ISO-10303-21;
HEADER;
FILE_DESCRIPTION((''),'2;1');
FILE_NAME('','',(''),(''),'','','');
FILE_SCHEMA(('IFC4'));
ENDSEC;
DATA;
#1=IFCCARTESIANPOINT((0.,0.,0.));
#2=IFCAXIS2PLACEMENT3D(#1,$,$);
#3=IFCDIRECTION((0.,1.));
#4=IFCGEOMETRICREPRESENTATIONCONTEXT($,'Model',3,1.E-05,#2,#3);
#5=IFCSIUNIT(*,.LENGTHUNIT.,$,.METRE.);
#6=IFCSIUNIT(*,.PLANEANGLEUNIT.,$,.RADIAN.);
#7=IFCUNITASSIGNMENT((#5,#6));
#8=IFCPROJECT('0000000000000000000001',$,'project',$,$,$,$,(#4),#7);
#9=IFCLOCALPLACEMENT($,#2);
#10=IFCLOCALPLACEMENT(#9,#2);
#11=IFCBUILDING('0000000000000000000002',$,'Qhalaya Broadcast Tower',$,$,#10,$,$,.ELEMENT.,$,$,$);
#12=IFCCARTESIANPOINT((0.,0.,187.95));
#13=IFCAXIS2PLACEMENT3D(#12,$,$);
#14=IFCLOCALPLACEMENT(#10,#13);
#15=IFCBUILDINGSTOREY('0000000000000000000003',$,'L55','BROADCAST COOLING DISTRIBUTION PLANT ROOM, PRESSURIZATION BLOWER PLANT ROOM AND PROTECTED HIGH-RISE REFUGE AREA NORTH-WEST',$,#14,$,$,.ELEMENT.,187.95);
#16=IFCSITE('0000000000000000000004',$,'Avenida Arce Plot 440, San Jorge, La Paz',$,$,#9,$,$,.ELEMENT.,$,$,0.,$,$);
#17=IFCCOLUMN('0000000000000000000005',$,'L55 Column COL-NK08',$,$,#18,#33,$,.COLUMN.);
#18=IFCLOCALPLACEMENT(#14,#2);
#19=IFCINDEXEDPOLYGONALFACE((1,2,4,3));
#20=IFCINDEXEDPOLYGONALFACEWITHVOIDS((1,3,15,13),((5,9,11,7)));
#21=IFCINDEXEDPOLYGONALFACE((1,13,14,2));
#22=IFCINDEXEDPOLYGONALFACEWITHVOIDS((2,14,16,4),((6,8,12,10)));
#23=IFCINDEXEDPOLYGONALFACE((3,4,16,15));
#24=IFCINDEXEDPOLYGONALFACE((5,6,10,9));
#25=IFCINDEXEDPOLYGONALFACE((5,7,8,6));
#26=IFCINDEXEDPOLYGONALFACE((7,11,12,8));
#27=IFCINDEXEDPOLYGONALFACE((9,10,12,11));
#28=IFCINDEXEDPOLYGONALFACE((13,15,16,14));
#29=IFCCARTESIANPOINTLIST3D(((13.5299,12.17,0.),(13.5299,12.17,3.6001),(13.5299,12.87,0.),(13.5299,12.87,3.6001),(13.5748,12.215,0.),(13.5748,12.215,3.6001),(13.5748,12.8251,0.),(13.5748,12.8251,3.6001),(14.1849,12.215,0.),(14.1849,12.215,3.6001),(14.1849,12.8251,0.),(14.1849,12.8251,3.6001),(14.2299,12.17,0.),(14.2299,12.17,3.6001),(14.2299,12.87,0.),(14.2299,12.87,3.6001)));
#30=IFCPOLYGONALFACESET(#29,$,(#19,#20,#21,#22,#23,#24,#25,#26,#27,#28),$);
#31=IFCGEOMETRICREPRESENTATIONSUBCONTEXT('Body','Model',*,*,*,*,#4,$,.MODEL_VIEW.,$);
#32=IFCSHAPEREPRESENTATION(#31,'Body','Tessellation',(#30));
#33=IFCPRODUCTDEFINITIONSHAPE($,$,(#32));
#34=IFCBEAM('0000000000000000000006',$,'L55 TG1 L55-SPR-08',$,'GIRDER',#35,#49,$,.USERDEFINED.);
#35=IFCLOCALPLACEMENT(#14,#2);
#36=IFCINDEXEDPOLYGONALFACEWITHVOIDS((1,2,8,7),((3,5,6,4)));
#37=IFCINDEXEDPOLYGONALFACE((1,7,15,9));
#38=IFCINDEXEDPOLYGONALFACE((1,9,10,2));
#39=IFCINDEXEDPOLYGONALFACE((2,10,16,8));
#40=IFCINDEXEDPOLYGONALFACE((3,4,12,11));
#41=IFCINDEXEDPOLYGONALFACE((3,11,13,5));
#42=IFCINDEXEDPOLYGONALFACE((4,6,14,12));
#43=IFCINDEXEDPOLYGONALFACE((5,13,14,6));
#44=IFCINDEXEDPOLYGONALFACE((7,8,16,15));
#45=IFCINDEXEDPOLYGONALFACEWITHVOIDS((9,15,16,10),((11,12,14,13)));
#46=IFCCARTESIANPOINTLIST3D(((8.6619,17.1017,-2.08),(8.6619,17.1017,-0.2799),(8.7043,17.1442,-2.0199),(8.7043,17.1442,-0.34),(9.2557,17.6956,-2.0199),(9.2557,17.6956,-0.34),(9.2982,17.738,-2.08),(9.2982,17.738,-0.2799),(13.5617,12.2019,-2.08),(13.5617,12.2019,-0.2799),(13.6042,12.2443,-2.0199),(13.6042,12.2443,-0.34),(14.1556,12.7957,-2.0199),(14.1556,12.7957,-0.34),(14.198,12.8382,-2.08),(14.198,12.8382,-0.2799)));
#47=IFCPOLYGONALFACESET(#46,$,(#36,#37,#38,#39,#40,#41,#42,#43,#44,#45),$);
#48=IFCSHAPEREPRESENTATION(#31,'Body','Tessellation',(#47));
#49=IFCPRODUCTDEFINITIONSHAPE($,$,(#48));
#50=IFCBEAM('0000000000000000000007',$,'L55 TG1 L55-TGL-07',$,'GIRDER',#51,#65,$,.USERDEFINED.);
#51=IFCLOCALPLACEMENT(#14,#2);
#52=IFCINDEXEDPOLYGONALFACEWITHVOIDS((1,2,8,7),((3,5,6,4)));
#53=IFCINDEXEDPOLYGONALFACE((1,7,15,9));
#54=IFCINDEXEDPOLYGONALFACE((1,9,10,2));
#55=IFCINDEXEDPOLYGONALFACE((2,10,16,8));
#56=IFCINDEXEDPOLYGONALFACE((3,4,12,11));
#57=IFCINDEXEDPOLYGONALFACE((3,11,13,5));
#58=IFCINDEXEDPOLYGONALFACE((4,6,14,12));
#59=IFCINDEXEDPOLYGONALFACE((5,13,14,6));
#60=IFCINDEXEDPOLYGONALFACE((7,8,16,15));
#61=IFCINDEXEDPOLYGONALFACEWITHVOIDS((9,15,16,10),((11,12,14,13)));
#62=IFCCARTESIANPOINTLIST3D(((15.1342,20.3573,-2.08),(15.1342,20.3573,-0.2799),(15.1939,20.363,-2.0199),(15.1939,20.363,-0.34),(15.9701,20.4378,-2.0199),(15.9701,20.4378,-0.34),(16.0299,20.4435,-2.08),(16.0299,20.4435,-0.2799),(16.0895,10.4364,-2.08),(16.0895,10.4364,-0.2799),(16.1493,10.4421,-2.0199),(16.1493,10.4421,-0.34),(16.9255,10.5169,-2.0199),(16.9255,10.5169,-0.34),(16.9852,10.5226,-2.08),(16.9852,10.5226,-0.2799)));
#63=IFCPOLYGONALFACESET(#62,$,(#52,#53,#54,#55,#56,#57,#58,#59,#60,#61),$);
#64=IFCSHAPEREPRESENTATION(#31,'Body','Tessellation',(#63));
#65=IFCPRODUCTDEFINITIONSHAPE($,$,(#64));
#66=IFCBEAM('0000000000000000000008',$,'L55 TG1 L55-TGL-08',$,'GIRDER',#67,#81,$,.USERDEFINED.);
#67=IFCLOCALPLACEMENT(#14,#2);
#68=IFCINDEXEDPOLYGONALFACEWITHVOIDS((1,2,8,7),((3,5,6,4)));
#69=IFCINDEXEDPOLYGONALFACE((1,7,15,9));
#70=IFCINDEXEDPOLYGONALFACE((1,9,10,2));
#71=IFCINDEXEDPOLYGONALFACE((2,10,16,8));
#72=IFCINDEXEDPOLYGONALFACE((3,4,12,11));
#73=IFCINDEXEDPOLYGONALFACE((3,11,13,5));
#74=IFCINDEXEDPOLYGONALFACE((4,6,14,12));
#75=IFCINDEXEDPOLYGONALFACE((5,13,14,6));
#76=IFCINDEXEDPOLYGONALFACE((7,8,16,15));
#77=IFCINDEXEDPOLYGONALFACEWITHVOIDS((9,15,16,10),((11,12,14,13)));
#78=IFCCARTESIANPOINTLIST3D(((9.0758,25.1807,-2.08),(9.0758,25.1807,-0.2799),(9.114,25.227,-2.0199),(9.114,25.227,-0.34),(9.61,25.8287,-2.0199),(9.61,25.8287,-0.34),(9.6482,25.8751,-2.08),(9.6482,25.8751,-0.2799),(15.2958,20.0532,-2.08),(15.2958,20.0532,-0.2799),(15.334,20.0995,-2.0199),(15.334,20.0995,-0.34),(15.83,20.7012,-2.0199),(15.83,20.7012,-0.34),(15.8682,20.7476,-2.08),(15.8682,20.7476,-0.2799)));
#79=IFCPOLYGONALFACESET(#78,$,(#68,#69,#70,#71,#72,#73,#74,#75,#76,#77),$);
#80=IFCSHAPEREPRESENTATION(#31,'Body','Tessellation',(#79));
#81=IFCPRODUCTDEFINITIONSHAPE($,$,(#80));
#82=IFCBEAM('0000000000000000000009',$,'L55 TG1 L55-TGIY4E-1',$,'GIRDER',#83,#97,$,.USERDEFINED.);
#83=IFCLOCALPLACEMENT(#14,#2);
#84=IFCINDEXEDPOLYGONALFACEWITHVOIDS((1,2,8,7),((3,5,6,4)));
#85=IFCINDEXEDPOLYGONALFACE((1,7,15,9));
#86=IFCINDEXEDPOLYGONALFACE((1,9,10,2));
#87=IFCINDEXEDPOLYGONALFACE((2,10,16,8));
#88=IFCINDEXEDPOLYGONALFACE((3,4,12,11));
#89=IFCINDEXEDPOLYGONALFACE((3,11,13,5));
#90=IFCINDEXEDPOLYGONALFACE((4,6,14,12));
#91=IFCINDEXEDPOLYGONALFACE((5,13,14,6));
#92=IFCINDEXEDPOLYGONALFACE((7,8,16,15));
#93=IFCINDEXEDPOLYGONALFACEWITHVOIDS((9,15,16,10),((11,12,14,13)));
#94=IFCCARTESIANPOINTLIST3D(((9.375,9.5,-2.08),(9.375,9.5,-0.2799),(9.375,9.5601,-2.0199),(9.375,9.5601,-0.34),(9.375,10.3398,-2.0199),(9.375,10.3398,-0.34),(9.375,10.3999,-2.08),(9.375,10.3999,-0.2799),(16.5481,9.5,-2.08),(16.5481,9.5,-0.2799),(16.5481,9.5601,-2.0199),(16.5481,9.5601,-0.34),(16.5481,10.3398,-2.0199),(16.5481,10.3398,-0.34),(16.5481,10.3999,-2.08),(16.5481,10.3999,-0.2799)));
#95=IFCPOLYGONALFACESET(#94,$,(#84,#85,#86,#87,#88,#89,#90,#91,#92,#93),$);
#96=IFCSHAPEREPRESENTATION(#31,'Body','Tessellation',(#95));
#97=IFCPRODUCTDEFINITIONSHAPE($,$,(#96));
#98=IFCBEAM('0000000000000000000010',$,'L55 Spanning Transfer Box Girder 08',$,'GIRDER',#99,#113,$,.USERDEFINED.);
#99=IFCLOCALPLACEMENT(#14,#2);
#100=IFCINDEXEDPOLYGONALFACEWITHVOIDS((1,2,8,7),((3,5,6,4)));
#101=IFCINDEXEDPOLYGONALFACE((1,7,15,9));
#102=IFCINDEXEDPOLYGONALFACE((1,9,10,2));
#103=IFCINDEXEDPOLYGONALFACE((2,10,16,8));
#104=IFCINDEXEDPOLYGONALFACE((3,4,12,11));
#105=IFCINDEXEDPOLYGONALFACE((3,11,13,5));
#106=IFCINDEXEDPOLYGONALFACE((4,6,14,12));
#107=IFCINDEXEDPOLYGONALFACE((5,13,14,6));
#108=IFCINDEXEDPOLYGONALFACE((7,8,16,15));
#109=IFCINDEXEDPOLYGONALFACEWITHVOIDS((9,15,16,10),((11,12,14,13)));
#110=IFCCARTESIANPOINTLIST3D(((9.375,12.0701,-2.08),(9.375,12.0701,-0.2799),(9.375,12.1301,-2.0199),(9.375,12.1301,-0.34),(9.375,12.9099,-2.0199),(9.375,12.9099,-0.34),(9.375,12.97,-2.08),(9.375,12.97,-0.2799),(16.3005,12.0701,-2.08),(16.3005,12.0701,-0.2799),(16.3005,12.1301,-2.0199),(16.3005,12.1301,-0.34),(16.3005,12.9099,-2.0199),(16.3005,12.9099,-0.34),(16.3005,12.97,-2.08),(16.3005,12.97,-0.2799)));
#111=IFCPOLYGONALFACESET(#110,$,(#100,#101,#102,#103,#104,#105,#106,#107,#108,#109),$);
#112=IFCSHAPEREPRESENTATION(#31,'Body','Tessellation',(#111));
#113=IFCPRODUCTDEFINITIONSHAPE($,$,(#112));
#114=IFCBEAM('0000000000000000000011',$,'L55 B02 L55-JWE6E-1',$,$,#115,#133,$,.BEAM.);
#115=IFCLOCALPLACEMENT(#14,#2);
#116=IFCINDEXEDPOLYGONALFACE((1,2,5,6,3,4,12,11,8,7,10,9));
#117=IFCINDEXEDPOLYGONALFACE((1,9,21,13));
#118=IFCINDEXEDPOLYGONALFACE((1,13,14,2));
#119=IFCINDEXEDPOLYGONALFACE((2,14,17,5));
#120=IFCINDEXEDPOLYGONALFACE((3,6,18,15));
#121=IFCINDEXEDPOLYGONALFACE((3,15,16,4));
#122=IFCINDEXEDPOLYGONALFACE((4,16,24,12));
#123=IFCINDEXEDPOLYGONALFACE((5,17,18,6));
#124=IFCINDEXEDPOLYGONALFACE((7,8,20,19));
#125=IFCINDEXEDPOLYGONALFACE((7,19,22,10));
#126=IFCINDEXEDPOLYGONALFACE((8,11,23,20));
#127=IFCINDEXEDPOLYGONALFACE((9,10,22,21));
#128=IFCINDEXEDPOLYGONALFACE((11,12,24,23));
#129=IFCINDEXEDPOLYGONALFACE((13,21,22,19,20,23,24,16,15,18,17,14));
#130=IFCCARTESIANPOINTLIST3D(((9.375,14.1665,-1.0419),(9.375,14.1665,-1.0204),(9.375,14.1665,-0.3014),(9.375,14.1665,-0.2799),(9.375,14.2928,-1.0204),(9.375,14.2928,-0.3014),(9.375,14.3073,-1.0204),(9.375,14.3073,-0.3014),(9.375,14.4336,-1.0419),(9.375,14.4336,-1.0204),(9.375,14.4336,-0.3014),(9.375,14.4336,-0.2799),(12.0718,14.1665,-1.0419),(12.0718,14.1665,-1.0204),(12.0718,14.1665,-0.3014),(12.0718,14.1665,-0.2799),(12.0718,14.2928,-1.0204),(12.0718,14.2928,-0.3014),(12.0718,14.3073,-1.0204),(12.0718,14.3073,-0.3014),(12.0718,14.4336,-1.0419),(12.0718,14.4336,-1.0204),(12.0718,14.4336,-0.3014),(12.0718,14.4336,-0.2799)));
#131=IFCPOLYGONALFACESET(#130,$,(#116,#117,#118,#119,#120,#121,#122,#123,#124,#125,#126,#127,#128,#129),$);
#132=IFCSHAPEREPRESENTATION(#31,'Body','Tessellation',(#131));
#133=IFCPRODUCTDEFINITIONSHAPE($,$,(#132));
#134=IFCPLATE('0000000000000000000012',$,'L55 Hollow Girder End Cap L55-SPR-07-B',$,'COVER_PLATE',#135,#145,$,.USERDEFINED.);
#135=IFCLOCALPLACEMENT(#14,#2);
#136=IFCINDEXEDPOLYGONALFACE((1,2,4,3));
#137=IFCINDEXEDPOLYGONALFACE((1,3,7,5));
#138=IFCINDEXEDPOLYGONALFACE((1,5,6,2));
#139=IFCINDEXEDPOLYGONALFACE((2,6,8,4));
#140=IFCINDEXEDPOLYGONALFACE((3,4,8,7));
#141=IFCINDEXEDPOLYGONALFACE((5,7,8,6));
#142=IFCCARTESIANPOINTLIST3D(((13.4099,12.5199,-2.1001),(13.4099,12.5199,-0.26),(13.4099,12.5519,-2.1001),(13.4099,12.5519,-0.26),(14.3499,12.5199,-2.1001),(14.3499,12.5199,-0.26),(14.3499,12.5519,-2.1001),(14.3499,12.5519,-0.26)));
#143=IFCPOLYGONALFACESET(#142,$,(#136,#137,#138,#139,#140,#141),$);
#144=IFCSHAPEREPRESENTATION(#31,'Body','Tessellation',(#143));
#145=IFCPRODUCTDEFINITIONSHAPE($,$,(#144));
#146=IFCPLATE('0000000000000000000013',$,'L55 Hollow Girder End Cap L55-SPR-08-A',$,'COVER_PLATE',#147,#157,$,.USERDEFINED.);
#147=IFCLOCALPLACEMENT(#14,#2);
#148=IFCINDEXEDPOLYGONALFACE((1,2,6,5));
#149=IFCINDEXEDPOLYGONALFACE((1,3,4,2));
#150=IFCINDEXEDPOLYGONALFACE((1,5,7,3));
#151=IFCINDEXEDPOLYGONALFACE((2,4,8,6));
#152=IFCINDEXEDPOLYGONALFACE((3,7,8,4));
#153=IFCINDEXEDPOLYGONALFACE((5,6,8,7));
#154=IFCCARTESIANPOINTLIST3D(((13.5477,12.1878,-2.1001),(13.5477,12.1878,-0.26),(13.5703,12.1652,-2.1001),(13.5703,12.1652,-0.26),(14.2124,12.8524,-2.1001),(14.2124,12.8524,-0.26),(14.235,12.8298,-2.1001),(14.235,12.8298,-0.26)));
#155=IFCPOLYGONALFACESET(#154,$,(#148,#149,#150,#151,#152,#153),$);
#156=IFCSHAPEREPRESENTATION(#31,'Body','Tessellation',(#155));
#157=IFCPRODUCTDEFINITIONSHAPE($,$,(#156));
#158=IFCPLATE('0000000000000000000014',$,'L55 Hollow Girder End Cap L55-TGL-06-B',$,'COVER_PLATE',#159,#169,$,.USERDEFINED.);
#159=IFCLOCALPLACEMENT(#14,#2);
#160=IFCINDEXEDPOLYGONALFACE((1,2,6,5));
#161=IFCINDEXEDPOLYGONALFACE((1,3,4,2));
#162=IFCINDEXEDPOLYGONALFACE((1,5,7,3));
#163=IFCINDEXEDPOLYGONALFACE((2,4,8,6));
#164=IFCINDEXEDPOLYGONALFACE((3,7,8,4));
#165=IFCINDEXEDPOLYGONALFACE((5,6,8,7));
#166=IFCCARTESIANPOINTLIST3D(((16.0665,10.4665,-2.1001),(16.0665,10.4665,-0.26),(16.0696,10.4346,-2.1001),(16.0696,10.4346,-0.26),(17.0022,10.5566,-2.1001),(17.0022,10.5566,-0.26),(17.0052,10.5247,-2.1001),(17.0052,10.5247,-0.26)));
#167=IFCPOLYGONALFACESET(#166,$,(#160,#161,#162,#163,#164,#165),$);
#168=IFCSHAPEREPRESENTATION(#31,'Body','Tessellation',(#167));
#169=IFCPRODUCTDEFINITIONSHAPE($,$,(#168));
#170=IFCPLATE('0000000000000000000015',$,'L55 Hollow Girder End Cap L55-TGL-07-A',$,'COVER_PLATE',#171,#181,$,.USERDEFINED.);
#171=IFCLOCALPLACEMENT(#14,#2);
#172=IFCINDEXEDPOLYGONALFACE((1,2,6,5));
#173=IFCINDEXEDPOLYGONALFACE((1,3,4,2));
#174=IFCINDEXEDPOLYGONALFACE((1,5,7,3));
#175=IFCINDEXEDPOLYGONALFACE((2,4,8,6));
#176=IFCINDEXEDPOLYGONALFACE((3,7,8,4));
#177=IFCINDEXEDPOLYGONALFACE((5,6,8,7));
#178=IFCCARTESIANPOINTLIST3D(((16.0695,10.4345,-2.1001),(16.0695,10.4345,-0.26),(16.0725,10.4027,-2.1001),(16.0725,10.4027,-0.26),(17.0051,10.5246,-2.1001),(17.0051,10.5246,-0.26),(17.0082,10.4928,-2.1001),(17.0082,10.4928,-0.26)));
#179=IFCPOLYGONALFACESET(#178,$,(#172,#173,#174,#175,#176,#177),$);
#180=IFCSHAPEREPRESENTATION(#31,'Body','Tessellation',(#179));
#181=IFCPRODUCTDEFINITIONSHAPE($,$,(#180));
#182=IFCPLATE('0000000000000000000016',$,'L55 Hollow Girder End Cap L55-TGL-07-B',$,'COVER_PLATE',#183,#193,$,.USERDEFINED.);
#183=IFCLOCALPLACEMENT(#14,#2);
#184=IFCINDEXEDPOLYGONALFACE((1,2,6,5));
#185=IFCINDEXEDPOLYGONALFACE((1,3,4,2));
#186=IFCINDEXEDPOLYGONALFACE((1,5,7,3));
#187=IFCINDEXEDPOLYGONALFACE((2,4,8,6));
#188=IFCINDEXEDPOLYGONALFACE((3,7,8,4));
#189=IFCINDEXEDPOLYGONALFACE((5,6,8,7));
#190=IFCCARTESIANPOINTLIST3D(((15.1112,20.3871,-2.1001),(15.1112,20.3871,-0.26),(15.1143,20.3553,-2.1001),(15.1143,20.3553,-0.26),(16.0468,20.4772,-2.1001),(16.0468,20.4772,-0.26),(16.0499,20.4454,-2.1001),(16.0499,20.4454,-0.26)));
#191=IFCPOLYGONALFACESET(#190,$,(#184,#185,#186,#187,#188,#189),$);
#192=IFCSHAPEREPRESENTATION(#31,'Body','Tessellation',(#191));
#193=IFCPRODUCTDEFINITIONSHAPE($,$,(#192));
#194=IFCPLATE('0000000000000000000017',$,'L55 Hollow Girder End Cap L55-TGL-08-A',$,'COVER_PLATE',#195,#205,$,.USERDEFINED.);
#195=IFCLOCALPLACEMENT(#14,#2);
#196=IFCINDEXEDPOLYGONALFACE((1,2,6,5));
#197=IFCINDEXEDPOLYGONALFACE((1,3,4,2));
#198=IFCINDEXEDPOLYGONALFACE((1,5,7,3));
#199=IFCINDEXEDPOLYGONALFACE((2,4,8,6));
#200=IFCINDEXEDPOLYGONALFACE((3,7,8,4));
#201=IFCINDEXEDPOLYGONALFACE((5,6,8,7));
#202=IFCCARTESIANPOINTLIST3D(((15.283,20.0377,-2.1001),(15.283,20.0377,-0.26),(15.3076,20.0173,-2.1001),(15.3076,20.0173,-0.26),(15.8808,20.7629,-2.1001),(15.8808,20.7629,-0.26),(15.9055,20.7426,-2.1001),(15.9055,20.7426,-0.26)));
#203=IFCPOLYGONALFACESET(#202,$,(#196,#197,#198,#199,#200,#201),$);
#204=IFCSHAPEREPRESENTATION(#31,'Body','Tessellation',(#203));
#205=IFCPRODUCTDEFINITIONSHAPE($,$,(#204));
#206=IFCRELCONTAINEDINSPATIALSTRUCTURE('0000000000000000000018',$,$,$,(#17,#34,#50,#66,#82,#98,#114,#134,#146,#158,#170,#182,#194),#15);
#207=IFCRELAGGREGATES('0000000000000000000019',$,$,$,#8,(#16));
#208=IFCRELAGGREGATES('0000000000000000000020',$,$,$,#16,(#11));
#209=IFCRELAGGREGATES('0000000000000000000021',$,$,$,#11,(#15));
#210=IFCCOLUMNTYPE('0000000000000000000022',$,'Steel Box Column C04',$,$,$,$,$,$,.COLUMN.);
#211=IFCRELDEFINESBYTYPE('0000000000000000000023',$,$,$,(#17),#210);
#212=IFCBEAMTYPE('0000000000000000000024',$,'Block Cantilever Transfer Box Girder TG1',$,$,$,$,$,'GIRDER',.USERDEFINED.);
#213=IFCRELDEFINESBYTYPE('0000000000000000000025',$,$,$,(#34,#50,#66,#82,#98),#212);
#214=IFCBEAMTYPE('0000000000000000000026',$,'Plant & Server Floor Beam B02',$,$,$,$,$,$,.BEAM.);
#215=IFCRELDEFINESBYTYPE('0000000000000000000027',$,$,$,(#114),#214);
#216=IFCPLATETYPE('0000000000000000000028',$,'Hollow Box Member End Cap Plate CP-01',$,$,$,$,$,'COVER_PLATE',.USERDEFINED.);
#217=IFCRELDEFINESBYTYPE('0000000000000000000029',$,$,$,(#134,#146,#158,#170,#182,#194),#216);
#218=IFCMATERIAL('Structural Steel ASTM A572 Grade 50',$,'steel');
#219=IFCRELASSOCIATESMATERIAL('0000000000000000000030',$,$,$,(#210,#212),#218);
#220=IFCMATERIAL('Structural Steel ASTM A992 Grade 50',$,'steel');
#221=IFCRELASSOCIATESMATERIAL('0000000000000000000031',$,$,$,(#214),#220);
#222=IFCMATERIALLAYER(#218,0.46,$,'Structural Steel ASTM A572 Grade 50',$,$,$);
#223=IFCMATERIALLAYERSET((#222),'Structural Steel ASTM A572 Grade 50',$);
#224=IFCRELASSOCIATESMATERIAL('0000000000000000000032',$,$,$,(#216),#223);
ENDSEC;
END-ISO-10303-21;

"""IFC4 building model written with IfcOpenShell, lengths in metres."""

from ifc_helpers import new_model, si_unit, direction, frame, origin, origin_2d, place, context, subcontext, project, spatial, rectangle, hollow_rectangle, i_section, extrude, material, layer, layer_set, material_profile, profile_set, type_object, element, save


model = new_model("IFC4")

# Units and contexts
model_context = context("Model", 3, precision=1e-05, world=origin(), true_north=direction((0.0, 1.0)))
body_context = subcontext(model_context, "Body", "Model", "MODEL_VIEW")
ifc_project = project(units=[si_unit("LENGTHUNIT", "METRE"), si_unit("PLANEANGLEUNIT", "RADIAN")], contexts=[model_context])

# Site, building, storey
site_placement = place(None, origin())
site = spatial("IfcSite", under=ifc_project, at=site_placement, Name="Avenida Arce Plot 440, San Jorge, La Paz", CompositionType="ELEMENT", RefElevation=0.0)
building_placement = place(site_placement, origin())
building = spatial("IfcBuilding", under=site, at=building_placement, Name="Qhalaya Broadcast Tower", CompositionType="ELEMENT")
storey_placement = place(building_placement, frame((0.0, 0.0, 187.95)))
storey = spatial("IfcBuildingStorey", under=building, at=storey_placement, Name="L55", Description="BROADCAST COOLING DISTRIBUTION PLANT ROOM, PRESSURIZATION BLOWER PLANT ROOM AND PROTECTED HIGH-RISE REFUGE AREA NORTH-WEST", CompositionType="ELEMENT", Elevation=187.95)

# Column
ifc_material_1 = material(Name="Structural Steel ASTM A572 Grade 50", Category="steel")
ifc_material_profile_1 = material_profile(ifc_material_1, hollow_rectangle(XDim=0.7, YDim=0.7, WallThickness=0.0449, at=origin_2d()), Name="BOX 700x700x45")
ifc_profile_set_1 = profile_set([ifc_material_profile_1], Name="Structural Steel ASTM A572 Grade 50")
column_type = type_object("IfcColumnType", Name="Steel Box Column C04", PredefinedType="COLUMN", material=ifc_profile_set_1)
column_placement = place(storey_placement, frame((13.8799, 12.52, 0.0), z_axis=(0.0, 0.0, 1.0), x_axis=(0.0, 1.0, 0.0)))
element("IfcColumn", 1, at=column_placement, inside=storey, type_object=column_type, Name="L55 Column COL-NK08", PredefinedType="COLUMN", context=body_context, shape_type="SweptSolid", body=[
    extrude(hollow_rectangle(XDim=0.7, YDim=0.7, WallThickness=0.0449, at=origin_2d()), origin(), (0.0, 0.0, 1.0), 3.6001),
])

# Beams
ifc_material_profile_2 = material_profile(ifc_material_1, hollow_rectangle(XDim=0.8999, YDim=1.8, WallThickness=0.0601, at=origin_2d()), Name="BOX 900x1800x60")
ifc_profile_set_2 = profile_set([ifc_material_profile_2], Name="Structural Steel ASTM A572 Grade 50")
beam_type_1 = type_object("IfcBeamType", Name="Block Cantilever Transfer Box Girder TG1", ElementType="GIRDER", PredefinedType="USERDEFINED", material=ifc_profile_set_2)
beam_1_placement = place(storey_placement, frame((13.8799, 12.52, -1.1799), z_axis=(-0.707107, 0.707107, 0.0), x_axis=(-0.707107, -0.707107, 0.0)))
element("IfcBeam", 2, at=beam_1_placement, inside=storey, type_object=beam_type_1, Name="L55 TG1 L55-SPR-08", ObjectType="GIRDER", PredefinedType="USERDEFINED", context=body_context, shape_type="SweptSolid", body=[
    extrude(hollow_rectangle(XDim=0.8999, YDim=1.8, WallThickness=0.0601, at=origin_2d()), origin(), (0.0, 0.0, 1.0), 6.9294),
])
beam_2_placement = place(storey_placement, frame((16.5374, 10.4795, -1.1799), z_axis=(-0.095851, 0.995396, 0.0), x_axis=(-0.995396, -0.095851, 0.0)))
element("IfcBeam", 3, at=beam_2_placement, inside=storey, type_object=beam_type_1, Name="L55 TG1 L55-TGL-07", ObjectType="GIRDER", PredefinedType="USERDEFINED", context=body_context, shape_type="SweptSolid", body=[
    extrude(hollow_rectangle(XDim=0.8999, YDim=1.8, WallThickness=0.0601, at=origin_2d()), origin(), (0.0, 0.0, 1.0), 9.9668),
])
beam_3_placement = place(storey_placement, frame((15.582, 20.4004, -1.1799), z_axis=(-0.771619, 0.636085, 0.0), x_axis=(-0.636085, -0.771619, 0.0)))
element("IfcBeam", 4, at=beam_3_placement, inside=storey, type_object=beam_type_1, Name="L55 TG1 L55-TGL-08", ObjectType="GIRDER", PredefinedType="USERDEFINED", context=body_context, shape_type="SweptSolid", body=[
    extrude(hollow_rectangle(XDim=0.8999, YDim=1.8, WallThickness=0.0601, at=origin_2d()), origin(), (0.0, 0.0, 1.0), 8.061),
])
beam_4_placement = place(storey_placement, frame((9.375, 9.95, -1.1799), z_axis=(1.0, 0.0, 0.0), x_axis=(0.0, 1.0, 0.0)))
element("IfcBeam", 5, at=beam_4_placement, inside=storey, type_object=beam_type_1, Name="L55 TG1 L55-TGIY4E-1", ObjectType="GIRDER", PredefinedType="USERDEFINED", context=body_context, shape_type="SweptSolid", body=[
    extrude(hollow_rectangle(XDim=0.8999, YDim=1.8, WallThickness=0.0601, at=origin_2d()), origin(), (0.0, 0.0, 1.0), 7.1731),
])
beam_5_placement = place(storey_placement, frame((9.375, 12.52, -1.1799), z_axis=(1.0, 0.0, 0.0), x_axis=(0.0, 1.0, 0.0)))
element("IfcBeam", 6, at=beam_5_placement, inside=storey, type_object=beam_type_1, Name="L55 Spanning Transfer Box Girder 08", ObjectType="GIRDER", PredefinedType="USERDEFINED", context=body_context, shape_type="SweptSolid", body=[
    extrude(hollow_rectangle(XDim=0.8999, YDim=1.8, WallThickness=0.0601, at=origin_2d()), origin(), (0.0, 0.0, 1.0), 6.9255),
])
ifc_material_2 = material(Name="Structural Steel ASTM A992 Grade 50", Category="steel")
ifc_material_profile_3 = material_profile(ifc_material_2, i_section(OverallWidth=0.2671, OverallDepth=0.762, WebThickness=0.0144, FlangeThickness=0.0215, at=origin_2d()), Name="W30X116")
ifc_profile_set_3 = profile_set([ifc_material_profile_3], Name="Structural Steel ASTM A992 Grade 50")
beam_type_2 = type_object("IfcBeamType", Name="Plant & Server Floor Beam B02", PredefinedType="BEAM", material=ifc_profile_set_3)
beam_6_placement = place(storey_placement, frame((9.375, 14.3, -0.6609), z_axis=(1.0, 0.0, 0.0), x_axis=(0.0, 1.0, 0.0)))
element("IfcBeam", 7, at=beam_6_placement, inside=storey, type_object=beam_type_2, Name="L55 B02 L55-JWE6E-1", PredefinedType="BEAM", context=body_context, shape_type="SweptSolid", body=[
    extrude(i_section(OverallWidth=0.2671, OverallDepth=0.762, WebThickness=0.0144, FlangeThickness=0.0215, at=origin_2d()), origin(), (0.0, 0.0, 1.0), 2.6968),
])

# Plates
ifc_layer_1 = layer(ifc_material_1, 0.46, Name="Structural Steel ASTM A572 Grade 50")
ifc_layer_set_1 = layer_set([ifc_layer_1], Name="Structural Steel ASTM A572 Grade 50")
plate_type_1 = type_object("IfcPlateType", Name="Hollow Box Member End Cap Plate CP-01", ElementType="COVER_PLATE", PredefinedType="USERDEFINED", material=ifc_layer_set_1)
for number, where, z_axis, x_axis, name in (
    (8, (13.8799, 12.5359, -2.1001), (0.0, 0.0, 1.0), (-1.0, 0.0, 0.0), "L55 Hollow Girder End Cap L55-SPR-07-B"),
    (9, (13.8914, 12.5088, -2.1001), (0.0, 0.0, 1.0), (-0.707107, -0.707107, 0.0), "L55 Hollow Girder End Cap L55-SPR-08-A"),
    (10, (16.5359, 10.4956, -2.1001), (0.0, 0.0, 1.0), (-0.995396, -0.095846, 0.0), "L55 Hollow Girder End Cap L55-TGL-06-B"),
    (11, (16.5388, 10.4636, -2.1001), (0.0, 0.0, 1.0), (-0.995396, -0.095846, 0.0), "L55 Hollow Girder End Cap L55-TGL-07-A"),
    (12, (15.5806, 20.4163, -2.1001), (0.0, 0.0, 1.0), (-0.995396, -0.095846, 0.0), "L55 Hollow Girder End Cap L55-TGL-07-B"),
    (13, (15.5942, 20.3901, -2.1001), (0.0, 0.0, 1.0), (-0.636078, -0.771625, 0.0), "L55 Hollow Girder End Cap L55-TGL-08-A"),
):
    element("IfcPlate", number, at=place(storey_placement, frame(where, z_axis=z_axis, x_axis=x_axis)), inside=storey, type_object=plate_type_1, Name=name, ObjectType="COVER_PLATE", PredefinedType="USERDEFINED", context=body_context, shape_type="SweptSolid", body=[
        extrude(rectangle(XDim=0.9399, YDim=0.032, at=origin_2d()), origin(), (0.0, 0.0, 1.0), 1.8401),
    ])

save(model, "model.ifc")
